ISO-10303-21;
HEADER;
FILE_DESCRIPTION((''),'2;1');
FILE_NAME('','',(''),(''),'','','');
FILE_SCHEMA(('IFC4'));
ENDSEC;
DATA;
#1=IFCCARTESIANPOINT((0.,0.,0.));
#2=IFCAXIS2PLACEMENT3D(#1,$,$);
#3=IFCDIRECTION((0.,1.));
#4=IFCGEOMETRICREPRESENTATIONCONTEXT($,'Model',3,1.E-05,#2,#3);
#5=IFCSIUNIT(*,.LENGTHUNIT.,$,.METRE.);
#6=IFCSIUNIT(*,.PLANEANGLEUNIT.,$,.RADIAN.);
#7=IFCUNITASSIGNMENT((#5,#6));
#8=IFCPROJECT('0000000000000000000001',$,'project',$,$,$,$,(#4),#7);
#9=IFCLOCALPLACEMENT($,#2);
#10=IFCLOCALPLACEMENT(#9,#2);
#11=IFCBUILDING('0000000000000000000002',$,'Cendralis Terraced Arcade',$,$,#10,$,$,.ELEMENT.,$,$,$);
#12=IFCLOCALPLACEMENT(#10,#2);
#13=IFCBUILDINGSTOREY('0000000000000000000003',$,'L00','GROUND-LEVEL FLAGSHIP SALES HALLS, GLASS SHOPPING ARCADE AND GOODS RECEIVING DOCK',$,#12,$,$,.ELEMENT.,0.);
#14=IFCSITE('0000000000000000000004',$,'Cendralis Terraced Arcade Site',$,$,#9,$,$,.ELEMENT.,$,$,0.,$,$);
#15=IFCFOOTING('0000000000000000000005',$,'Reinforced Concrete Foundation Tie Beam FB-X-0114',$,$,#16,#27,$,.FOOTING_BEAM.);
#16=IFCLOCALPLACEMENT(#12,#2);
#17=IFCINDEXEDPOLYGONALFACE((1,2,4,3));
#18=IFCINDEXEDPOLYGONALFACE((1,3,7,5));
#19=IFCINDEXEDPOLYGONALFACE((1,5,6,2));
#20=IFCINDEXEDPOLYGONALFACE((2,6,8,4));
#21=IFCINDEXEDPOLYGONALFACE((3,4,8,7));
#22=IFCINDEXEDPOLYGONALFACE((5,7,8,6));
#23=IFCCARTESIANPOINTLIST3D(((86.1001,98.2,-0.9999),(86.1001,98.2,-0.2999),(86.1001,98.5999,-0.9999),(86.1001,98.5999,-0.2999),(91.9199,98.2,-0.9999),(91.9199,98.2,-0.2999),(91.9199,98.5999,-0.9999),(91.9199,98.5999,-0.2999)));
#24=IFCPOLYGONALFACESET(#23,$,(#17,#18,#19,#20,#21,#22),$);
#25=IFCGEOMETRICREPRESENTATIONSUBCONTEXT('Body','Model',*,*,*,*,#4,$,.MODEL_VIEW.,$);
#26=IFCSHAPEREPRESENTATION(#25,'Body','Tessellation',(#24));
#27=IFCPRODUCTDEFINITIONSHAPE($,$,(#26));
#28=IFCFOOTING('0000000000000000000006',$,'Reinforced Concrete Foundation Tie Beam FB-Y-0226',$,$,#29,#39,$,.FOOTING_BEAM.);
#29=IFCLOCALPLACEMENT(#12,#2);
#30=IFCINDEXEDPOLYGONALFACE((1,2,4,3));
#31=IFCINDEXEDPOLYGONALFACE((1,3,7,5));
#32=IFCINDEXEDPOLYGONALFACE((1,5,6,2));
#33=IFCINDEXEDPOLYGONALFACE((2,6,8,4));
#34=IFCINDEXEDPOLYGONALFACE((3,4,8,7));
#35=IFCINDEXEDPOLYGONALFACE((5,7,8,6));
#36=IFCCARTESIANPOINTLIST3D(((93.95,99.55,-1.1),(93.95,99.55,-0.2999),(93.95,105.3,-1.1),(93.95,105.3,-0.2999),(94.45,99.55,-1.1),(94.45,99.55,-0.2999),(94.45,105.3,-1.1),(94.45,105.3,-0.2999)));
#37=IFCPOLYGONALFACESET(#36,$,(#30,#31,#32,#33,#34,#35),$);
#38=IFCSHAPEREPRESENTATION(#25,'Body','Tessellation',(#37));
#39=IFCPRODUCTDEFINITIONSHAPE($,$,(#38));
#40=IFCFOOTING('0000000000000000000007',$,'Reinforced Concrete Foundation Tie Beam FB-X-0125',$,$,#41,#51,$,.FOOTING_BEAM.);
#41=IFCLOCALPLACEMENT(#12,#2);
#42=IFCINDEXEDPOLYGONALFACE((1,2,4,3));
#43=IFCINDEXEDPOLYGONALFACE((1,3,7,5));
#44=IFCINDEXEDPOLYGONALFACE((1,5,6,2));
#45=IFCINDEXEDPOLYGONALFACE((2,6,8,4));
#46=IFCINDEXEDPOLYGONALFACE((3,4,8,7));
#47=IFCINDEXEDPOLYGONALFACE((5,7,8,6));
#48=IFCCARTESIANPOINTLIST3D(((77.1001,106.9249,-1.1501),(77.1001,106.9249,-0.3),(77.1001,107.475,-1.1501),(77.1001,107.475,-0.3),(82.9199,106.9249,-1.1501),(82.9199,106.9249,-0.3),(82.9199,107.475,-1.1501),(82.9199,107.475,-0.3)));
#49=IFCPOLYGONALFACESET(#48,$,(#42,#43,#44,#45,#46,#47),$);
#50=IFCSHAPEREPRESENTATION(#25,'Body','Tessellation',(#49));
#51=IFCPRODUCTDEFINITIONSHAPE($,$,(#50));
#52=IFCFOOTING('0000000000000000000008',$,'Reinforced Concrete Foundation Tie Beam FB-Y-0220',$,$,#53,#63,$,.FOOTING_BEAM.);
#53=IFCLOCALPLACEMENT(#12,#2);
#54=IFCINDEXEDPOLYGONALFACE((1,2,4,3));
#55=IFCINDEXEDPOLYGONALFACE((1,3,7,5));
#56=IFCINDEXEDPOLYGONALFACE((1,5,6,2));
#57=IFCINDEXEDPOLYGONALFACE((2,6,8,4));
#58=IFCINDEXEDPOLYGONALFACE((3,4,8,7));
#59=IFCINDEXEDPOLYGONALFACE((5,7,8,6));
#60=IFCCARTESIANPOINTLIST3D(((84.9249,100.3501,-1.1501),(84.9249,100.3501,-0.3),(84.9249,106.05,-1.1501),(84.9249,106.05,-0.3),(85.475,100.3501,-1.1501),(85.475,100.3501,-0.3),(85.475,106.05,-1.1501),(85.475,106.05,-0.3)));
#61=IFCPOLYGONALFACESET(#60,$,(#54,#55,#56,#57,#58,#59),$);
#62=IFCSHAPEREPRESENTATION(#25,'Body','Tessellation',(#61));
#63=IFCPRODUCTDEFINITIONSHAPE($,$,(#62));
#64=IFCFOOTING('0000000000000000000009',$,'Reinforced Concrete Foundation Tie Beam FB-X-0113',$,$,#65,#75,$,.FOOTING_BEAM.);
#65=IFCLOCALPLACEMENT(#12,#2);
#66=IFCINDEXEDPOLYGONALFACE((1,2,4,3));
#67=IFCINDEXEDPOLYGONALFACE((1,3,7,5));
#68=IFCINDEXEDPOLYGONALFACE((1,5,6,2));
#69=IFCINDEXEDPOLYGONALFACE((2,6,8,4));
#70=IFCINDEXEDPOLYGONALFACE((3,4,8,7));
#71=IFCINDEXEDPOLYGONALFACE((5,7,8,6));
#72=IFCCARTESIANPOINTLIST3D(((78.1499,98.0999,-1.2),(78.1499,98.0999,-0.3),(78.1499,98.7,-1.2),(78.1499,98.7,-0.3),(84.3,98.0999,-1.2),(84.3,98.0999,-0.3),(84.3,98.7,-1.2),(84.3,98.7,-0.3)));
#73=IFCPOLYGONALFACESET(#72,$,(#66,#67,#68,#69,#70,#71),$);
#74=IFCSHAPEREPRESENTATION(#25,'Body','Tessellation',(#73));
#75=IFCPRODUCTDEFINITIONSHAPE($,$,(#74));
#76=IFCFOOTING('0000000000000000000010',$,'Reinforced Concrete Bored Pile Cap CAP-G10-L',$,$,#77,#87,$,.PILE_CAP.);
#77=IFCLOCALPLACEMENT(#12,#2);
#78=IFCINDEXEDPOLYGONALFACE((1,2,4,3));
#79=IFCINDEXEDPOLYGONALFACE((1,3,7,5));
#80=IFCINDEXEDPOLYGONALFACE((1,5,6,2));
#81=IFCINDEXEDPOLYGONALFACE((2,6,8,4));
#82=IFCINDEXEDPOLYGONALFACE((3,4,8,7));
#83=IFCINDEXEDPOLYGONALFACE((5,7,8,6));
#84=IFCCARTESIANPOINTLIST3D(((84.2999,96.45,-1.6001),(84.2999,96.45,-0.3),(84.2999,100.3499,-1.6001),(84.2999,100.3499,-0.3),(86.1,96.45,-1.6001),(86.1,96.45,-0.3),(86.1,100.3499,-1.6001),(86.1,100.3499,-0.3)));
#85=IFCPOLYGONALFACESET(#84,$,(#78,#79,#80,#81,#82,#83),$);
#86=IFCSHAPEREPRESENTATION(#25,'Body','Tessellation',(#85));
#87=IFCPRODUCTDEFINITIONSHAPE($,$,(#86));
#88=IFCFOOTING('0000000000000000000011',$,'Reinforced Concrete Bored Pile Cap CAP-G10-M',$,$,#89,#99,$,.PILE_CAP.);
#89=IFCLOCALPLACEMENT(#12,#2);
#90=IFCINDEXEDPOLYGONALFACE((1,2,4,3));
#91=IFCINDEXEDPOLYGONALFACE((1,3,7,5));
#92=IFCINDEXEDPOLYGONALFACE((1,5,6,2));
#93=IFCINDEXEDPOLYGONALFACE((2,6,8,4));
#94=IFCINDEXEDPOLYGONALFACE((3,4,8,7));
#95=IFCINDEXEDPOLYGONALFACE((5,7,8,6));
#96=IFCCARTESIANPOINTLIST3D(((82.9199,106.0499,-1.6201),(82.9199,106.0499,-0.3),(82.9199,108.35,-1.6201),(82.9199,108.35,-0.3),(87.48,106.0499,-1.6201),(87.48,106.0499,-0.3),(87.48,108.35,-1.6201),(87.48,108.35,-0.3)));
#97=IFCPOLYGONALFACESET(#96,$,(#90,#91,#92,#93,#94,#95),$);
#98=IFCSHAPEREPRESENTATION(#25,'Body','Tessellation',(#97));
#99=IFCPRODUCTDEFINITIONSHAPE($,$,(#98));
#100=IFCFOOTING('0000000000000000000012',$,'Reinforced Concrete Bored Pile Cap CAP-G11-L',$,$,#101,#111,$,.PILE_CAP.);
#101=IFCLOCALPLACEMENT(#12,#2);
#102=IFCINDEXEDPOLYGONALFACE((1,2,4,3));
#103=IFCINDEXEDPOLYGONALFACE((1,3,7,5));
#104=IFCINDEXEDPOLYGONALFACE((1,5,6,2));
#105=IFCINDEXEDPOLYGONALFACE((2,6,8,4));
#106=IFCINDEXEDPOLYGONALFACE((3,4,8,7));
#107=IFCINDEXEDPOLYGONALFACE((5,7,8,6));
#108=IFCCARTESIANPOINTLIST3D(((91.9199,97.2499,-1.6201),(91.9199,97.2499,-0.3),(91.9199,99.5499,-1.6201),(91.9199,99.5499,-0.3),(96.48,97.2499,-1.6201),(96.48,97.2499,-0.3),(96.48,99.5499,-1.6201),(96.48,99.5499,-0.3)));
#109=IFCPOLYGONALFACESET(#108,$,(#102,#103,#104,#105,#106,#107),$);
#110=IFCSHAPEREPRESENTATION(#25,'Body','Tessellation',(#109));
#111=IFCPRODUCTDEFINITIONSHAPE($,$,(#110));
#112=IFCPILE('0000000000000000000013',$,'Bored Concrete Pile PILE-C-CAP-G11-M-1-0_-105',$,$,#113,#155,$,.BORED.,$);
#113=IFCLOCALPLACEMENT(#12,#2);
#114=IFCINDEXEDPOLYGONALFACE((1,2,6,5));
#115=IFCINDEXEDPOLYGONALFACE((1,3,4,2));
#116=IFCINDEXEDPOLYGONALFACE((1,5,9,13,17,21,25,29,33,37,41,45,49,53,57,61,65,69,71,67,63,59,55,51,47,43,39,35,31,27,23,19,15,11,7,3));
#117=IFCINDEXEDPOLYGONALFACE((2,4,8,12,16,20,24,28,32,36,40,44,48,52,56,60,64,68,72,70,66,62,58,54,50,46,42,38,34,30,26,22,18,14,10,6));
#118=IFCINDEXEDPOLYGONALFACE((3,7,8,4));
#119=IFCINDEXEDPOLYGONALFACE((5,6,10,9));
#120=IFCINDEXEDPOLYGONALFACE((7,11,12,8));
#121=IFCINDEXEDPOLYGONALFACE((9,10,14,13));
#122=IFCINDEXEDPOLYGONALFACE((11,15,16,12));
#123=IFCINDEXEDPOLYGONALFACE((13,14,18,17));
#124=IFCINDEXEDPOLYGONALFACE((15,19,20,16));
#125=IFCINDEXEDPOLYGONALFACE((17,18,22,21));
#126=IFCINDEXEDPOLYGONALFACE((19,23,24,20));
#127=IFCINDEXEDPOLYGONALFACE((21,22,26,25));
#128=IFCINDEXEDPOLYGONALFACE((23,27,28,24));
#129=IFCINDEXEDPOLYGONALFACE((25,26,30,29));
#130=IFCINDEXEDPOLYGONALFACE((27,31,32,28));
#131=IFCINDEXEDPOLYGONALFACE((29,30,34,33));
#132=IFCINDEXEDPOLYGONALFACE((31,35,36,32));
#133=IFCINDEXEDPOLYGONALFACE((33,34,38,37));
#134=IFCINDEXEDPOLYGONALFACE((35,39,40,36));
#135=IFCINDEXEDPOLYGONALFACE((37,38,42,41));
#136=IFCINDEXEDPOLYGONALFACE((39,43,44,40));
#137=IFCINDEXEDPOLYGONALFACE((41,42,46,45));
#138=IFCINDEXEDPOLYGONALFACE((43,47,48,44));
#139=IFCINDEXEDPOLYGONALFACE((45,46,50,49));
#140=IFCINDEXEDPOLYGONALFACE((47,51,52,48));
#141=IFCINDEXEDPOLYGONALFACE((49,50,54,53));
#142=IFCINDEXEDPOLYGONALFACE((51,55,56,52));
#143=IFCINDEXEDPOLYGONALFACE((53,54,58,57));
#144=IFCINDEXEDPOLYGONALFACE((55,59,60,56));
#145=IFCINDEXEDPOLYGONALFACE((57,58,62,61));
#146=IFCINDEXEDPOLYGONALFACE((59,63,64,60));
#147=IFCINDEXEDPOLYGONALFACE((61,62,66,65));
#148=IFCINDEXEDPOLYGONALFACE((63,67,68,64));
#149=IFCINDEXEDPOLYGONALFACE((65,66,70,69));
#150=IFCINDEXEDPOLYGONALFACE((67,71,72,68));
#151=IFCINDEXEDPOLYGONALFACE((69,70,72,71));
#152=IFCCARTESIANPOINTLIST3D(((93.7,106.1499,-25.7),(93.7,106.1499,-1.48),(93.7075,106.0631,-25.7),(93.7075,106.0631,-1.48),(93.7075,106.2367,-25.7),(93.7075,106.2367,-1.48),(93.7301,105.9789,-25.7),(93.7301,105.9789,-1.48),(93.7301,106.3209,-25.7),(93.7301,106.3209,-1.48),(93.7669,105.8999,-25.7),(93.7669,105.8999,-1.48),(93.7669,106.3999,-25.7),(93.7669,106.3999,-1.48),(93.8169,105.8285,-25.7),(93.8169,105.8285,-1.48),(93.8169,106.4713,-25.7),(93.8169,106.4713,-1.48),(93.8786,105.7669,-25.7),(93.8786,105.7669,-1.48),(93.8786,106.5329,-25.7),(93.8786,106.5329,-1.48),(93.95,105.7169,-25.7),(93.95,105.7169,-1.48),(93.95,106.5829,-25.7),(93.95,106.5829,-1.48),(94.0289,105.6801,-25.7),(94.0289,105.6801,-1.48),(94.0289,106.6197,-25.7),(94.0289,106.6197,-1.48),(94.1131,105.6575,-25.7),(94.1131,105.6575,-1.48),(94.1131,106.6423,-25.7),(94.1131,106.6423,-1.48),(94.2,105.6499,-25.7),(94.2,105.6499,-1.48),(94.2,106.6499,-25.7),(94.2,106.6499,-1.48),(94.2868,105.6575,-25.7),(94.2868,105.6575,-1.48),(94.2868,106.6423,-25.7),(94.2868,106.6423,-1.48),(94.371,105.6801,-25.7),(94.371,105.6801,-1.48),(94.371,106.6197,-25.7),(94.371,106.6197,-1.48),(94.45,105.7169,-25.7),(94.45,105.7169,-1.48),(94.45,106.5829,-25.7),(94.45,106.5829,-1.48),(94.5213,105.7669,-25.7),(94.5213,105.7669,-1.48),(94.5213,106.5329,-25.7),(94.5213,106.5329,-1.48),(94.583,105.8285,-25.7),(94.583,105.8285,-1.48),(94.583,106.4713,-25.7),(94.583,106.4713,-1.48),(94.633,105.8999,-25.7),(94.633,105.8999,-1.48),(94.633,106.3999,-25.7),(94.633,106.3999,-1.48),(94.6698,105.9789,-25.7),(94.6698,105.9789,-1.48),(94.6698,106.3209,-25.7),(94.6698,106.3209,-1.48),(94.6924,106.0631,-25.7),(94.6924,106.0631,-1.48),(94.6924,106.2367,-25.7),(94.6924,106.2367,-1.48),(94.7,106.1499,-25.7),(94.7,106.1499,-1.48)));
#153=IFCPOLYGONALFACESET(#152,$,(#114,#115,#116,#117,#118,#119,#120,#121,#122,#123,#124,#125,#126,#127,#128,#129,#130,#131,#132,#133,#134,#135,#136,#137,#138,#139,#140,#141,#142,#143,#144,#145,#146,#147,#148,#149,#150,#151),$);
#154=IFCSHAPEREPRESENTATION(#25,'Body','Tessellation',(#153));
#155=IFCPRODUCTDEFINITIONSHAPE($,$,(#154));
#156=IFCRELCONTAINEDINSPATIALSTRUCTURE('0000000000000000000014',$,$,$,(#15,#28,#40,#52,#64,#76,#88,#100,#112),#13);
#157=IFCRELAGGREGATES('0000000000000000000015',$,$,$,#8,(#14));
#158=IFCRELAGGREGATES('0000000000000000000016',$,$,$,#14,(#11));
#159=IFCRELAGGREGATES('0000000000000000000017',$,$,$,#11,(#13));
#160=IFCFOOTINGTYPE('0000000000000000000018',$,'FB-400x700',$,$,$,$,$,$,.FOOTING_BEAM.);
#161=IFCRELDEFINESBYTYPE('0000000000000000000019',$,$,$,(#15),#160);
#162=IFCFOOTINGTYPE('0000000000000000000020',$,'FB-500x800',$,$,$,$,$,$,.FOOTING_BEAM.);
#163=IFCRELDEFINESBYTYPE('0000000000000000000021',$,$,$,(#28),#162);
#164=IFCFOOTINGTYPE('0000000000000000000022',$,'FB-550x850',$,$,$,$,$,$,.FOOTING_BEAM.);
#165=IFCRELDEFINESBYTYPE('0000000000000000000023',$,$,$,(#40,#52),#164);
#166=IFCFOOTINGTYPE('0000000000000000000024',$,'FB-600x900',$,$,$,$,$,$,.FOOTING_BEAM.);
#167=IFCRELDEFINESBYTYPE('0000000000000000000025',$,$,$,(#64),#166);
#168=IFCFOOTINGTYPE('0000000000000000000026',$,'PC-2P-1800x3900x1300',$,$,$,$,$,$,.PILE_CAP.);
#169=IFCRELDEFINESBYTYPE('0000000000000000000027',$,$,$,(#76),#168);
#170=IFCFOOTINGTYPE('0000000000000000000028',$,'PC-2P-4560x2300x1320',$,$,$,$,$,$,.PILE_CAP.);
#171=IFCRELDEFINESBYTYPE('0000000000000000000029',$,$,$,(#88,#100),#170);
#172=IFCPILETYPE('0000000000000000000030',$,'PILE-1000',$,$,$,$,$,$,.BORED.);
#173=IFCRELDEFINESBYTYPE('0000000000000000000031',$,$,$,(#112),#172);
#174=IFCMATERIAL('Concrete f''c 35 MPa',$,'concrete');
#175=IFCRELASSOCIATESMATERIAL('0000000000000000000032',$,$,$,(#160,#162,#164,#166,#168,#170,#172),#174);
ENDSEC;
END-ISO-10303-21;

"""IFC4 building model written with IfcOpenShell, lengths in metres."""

from ifc_helpers import new_model, si_unit, direction, frame, origin, origin_2d, place, context, subcontext, project, spatial, rectangle, circle, extrude, material, material_profile, profile_set, type_object, element, save


model = new_model("IFC4")

# Units and contexts
model_context = context("Model", 3, precision=1e-05, world=origin(), true_north=direction((0.0, 1.0)))
body_context = subcontext(model_context, "Body", "Model", "MODEL_VIEW")
ifc_project = project(units=[si_unit("LENGTHUNIT", "METRE"), si_unit("PLANEANGLEUNIT", "RADIAN")], contexts=[model_context])

# Site, building, storey
site_placement = place(None, origin())
site = spatial("IfcSite", under=ifc_project, at=site_placement, Name="Cendralis Terraced Arcade Site", CompositionType="ELEMENT", RefElevation=0.0)
building_placement = place(site_placement, origin())
building = spatial("IfcBuilding", under=site, at=building_placement, Name="Cendralis Terraced Arcade", CompositionType="ELEMENT")
storey_placement = place(building_placement, origin())
storey = spatial("IfcBuildingStorey", under=building, at=storey_placement, Name="L00", Description="GROUND-LEVEL FLAGSHIP SALES HALLS, GLASS SHOPPING ARCADE AND GOODS RECEIVING DOCK", CompositionType="ELEMENT", Elevation=0.0)

# Footings
ifc_material_1 = material(Name="Concrete f'c 35 MPa", Category="concrete")
ifc_material_profile_1 = material_profile(ifc_material_1, rectangle(XDim=0.3999, YDim=0.7, at=origin_2d()), Name="FB-400x700", Category="LoadBearing")
ifc_profile_set_1 = profile_set([ifc_material_profile_1], Name="Concrete f'c 35 MPa")
footing_type_1 = type_object("IfcFootingType", Name="FB-400x700", PredefinedType="FOOTING_BEAM", material=ifc_profile_set_1)
footing_1_placement = place(storey_placement, frame((86.1001, 98.3999, -0.6499), z_axis=(1.0, 0.0, 0.0), x_axis=(0.0, 1.0, 0.0)))
element("IfcFooting", 1, at=footing_1_placement, inside=storey, type_object=footing_type_1, Name="Reinforced Concrete Foundation Tie Beam FB-X-0114", PredefinedType="FOOTING_BEAM", context=body_context, shape_type="SweptSolid", body=[
    extrude(rectangle(XDim=0.3999, YDim=0.7, at=origin_2d()), origin(), (0.0, 0.0, 1.0), 5.8198),
])
ifc_material_profile_2 = material_profile(ifc_material_1, rectangle(XDim=0.5, YDim=0.8, at=origin_2d()), Name="FB-500x800", Category="LoadBearing")
ifc_profile_set_2 = profile_set([ifc_material_profile_2], Name="Concrete f'c 35 MPa")
footing_type_2 = type_object("IfcFootingType", Name="FB-500x800", PredefinedType="FOOTING_BEAM", material=ifc_profile_set_2)
footing_2_placement = place(storey_placement, frame((94.2, 99.55, -0.7), z_axis=(0.0, 1.0, 0.0), x_axis=(-1.0, 0.0, 0.0)))
element("IfcFooting", 2, at=footing_2_placement, inside=storey, type_object=footing_type_2, Name="Reinforced Concrete Foundation Tie Beam FB-Y-0226", PredefinedType="FOOTING_BEAM", context=body_context, shape_type="SweptSolid", body=[
    extrude(rectangle(XDim=0.5, YDim=0.8, at=origin_2d()), origin(), (0.0, 0.0, 1.0), 5.75),
])
ifc_material_profile_3 = material_profile(ifc_material_1, rectangle(XDim=0.55, YDim=0.8501, at=origin_2d()), Name="FB-550x850", Category="LoadBearing")
ifc_profile_set_3 = profile_set([ifc_material_profile_3], Name="Concrete f'c 35 MPa")
footing_type_3 = type_object("IfcFootingType", Name="FB-550x850", PredefinedType="FOOTING_BEAM", material=ifc_profile_set_3)
footing_3_placement = place(storey_placement, frame((77.1001, 107.2, -0.7251), z_axis=(1.0, 0.0, 0.0), x_axis=(0.0, 1.0, 0.0)))
element("IfcFooting", 3, at=footing_3_placement, inside=storey, type_object=footing_type_3, Name="Reinforced Concrete Foundation Tie Beam FB-X-0125", PredefinedType="FOOTING_BEAM", context=body_context, shape_type="SweptSolid", body=[
    extrude(rectangle(XDim=0.55, YDim=0.8501, at=origin_2d()), origin(), (0.0, 0.0, 1.0), 5.8198),
])
footing_4_placement = place(storey_placement, frame((85.2, 100.3501, -0.7251), z_axis=(0.0, 1.0, 0.0), x_axis=(-1.0, 0.0, 0.0)))
element("IfcFooting", 4, at=footing_4_placement, inside=storey, type_object=footing_type_3, Name="Reinforced Concrete Foundation Tie Beam FB-Y-0220", PredefinedType="FOOTING_BEAM", context=body_context, shape_type="SweptSolid", body=[
    extrude(rectangle(XDim=0.55, YDim=0.8501, at=origin_2d()), origin(), (0.0, 0.0, 1.0), 5.7),
])
ifc_material_profile_4 = material_profile(ifc_material_1, rectangle(XDim=0.6001, YDim=0.8999, at=origin_2d()), Name="FB-600x900", Category="LoadBearing")
ifc_profile_set_4 = profile_set([ifc_material_profile_4], Name="Concrete f'c 35 MPa")
footing_type_4 = type_object("IfcFootingType", Name="FB-600x900", PredefinedType="FOOTING_BEAM", material=ifc_profile_set_4)
footing_5_placement = place(storey_placement, frame((78.1499, 98.3999, -0.75), z_axis=(1.0, 0.0, 0.0), x_axis=(0.0, 1.0, 0.0)))
element("IfcFooting", 5, at=footing_5_placement, inside=storey, type_object=footing_type_4, Name="Reinforced Concrete Foundation Tie Beam FB-X-0113", PredefinedType="FOOTING_BEAM", context=body_context, shape_type="SweptSolid", body=[
    extrude(rectangle(XDim=0.6001, YDim=0.8999, at=origin_2d()), origin(), (0.0, 0.0, 1.0), 6.1501),
])
footing_type_5 = type_object("IfcFootingType", Name="PC-2P-1800x3900x1300", PredefinedType="PILE_CAP", material=ifc_material_1)
footing_6_placement = place(storey_placement, frame((85.2, 98.3999, -1.6001), z_axis=(0.0, 0.0, 1.0), x_axis=(1.0, 0.0, 0.0)))
element("IfcFooting", 6, at=footing_6_placement, inside=storey, type_object=footing_type_5, Name="Reinforced Concrete Bored Pile Cap CAP-G10-L", PredefinedType="PILE_CAP", context=body_context, shape_type="SweptSolid", body=[
    extrude(rectangle(XDim=1.8, YDim=3.8999, at=origin_2d()), origin(), (0.0, 0.0, 1.0), 1.3),
])
footing_type_6 = type_object("IfcFootingType", Name="PC-2P-4560x2300x1320", PredefinedType="PILE_CAP", material=ifc_material_1)
for number, where, z_axis, x_axis, name in (
    (7, (85.2, 107.2, -1.6201), (0.0, 0.0, 1.0), (1.0, 0.0, 0.0), "Reinforced Concrete Bored Pile Cap CAP-G10-M"),
    (8, (94.2, 98.3999, -1.6201), (0.0, 0.0, 1.0), (1.0, 0.0, 0.0), "Reinforced Concrete Bored Pile Cap CAP-G11-L"),
):
    element("IfcFooting", number, at=place(storey_placement, frame(where, z_axis=z_axis, x_axis=x_axis)), inside=storey, type_object=footing_type_6, Name=name, PredefinedType="PILE_CAP", context=body_context, shape_type="SweptSolid", body=[
        extrude(rectangle(XDim=4.5601, YDim=2.3, at=origin_2d()), origin(), (0.0, 0.0, 1.0), 1.3201),
    ])

# Pile
ifc_material_profile_5 = material_profile(ifc_material_1, circle(Radius=0.5, at=origin_2d()), Name="PILE-D1000", Category="LoadBearing")
ifc_profile_set_5 = profile_set([ifc_material_profile_5], Name="Concrete f'c 35 MPa")
pile_type_1 = type_object("IfcPileType", Name="PILE-1000", PredefinedType="BORED", material=ifc_profile_set_5)
pile_placement = place(storey_placement, frame((94.2, 106.1499, -1.48), z_axis=(0.0, 0.0, -1.0), x_axis=(1.0, 0.0, 0.0)))
element("IfcPile", 9, at=pile_placement, inside=storey, type_object=pile_type_1, Name="Bored Concrete Pile PILE-C-CAP-G11-M-1-0_-105", PredefinedType="BORED", context=body_context, shape_type="SweptSolid", body=[
    extrude(circle(Radius=0.5, at=origin_2d()), origin(), (0.0, 0.0, 1.0), 24.22),
])

save(model, "model.ifc")
